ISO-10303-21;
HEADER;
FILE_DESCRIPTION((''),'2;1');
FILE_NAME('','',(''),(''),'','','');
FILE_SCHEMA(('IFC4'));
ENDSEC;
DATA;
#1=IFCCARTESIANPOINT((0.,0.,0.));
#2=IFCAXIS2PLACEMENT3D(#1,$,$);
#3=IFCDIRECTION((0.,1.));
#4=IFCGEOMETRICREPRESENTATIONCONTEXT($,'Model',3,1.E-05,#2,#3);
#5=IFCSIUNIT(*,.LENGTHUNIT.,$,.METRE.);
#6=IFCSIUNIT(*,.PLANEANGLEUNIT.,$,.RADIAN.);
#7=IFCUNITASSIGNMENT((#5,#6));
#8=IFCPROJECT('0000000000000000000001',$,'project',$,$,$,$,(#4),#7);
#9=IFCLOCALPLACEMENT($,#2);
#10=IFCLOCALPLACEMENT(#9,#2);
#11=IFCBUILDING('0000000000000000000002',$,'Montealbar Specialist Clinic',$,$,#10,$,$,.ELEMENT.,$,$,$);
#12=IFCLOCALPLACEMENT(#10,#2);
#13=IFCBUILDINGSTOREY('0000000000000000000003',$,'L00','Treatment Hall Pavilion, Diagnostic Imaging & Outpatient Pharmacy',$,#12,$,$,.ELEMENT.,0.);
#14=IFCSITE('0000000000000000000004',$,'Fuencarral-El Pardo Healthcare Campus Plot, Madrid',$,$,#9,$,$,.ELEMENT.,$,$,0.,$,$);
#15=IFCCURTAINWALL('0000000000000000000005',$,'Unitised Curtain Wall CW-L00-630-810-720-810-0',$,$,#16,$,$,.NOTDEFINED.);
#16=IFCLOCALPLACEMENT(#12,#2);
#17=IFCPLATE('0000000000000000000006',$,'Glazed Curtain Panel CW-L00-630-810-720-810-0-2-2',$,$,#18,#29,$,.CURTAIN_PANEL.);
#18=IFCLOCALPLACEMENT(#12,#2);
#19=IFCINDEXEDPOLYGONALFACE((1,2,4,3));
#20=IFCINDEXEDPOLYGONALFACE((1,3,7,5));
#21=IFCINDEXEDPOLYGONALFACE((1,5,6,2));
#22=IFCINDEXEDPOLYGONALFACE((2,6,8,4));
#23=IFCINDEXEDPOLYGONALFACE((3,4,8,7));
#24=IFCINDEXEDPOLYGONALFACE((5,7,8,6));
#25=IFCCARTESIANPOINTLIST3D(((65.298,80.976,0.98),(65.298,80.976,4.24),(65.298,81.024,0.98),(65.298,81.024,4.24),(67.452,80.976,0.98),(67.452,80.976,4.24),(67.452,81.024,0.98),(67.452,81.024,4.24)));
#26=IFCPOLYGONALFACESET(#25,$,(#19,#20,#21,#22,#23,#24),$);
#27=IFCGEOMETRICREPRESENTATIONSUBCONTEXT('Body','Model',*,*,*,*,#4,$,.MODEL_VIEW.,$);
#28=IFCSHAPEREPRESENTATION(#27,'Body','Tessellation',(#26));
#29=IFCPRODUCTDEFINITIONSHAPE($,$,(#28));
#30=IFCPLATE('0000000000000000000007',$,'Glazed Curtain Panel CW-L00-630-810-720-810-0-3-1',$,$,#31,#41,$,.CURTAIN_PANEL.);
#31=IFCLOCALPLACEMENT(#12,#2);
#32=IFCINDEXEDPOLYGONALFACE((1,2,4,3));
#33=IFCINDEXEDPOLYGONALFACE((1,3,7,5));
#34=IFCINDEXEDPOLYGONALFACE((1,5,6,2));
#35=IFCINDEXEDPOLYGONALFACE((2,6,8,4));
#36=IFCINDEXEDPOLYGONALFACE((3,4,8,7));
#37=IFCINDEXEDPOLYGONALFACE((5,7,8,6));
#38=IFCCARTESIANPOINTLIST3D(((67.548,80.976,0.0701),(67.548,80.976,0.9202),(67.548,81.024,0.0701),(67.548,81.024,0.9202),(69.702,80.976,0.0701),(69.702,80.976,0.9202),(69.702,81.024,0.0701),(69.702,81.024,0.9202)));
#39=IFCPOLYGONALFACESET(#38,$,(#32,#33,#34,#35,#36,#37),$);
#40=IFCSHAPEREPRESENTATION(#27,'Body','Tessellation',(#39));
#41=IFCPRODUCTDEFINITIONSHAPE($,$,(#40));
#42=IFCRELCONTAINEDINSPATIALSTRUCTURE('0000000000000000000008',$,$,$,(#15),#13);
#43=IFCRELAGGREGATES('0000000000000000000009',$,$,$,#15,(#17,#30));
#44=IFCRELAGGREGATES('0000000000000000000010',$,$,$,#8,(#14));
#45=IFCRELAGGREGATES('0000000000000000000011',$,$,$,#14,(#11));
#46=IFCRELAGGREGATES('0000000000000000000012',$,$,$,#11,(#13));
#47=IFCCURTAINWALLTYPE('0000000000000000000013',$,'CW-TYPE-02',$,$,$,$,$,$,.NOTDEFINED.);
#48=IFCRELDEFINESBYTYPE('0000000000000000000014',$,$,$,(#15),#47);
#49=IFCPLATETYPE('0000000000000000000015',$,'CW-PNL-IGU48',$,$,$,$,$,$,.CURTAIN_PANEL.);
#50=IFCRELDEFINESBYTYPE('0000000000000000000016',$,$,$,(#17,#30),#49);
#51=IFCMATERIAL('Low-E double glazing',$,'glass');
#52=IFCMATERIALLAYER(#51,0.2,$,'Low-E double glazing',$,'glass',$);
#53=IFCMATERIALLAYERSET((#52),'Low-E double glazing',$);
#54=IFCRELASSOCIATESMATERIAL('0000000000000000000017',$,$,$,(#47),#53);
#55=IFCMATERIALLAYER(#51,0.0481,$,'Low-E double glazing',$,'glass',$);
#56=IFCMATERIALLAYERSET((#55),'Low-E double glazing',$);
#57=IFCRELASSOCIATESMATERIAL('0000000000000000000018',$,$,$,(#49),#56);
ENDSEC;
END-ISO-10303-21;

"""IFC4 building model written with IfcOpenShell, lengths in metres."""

from ifc_helpers import new_model, si_unit, direction, frame, origin, origin_2d, place, context, subcontext, project, spatial, rectangle, extrude, material, layer, layer_set, type_object, element, aggregate, save


model = new_model("IFC4")

# Units and contexts
model_context = context("Model", 3, precision=1e-05, world=origin(), true_north=direction((0.0, 1.0)))
body_context = subcontext(model_context, "Body", "Model", "MODEL_VIEW")
ifc_project = project(units=[si_unit("LENGTHUNIT", "METRE"), si_unit("PLANEANGLEUNIT", "RADIAN")], contexts=[model_context])

# Site, building, storey
site_placement = place(None, origin())
site = spatial("IfcSite", under=ifc_project, at=site_placement, Name="Fuencarral-El Pardo Healthcare Campus Plot, Madrid", CompositionType="ELEMENT", RefElevation=0.0)
building_placement = place(site_placement, origin())
building = spatial("IfcBuilding", under=site, at=building_placement, Name="Montealbar Specialist Clinic", CompositionType="ELEMENT")
storey_placement = place(building_placement, origin())
storey = spatial("IfcBuildingStorey", under=building, at=storey_placement, Name="L00", Description="Treatment Hall Pavilion, Diagnostic Imaging & Outpatient Pharmacy", CompositionType="ELEMENT", Elevation=0.0)

# Curtain wall
ifc_material_1 = material(Name="Low-E double glazing", Category="glass")
ifc_layer_1 = layer(ifc_material_1, 0.2, Name="Low-E double glazing", Category="glass")
ifc_layer_set_1 = layer_set([ifc_layer_1], Name="Low-E double glazing")
curtain_wall_type = type_object("IfcCurtainWallType", Name="CW-TYPE-02", PredefinedType="NOTDEFINED", material=ifc_layer_set_1)
curtain_wall_1_placement = place(storey_placement, origin())
curtain_wall_1 = element("IfcCurtainWall", 1, at=curtain_wall_1_placement, inside=storey, type_object=curtain_wall_type, Name="Unitised Curtain Wall CW-L00-630-810-720-810-0", PredefinedType="NOTDEFINED")

# Plates
ifc_layer_2 = layer(ifc_material_1, 0.0481, Name="Low-E double glazing", Category="glass")
ifc_layer_set_2 = layer_set([ifc_layer_2], Name="Low-E double glazing")
plate_type = type_object("IfcPlateType", Name="CW-PNL-IGU48", PredefinedType="CURTAIN_PANEL", material=ifc_layer_set_2)
plate_1_placement = place(storey_placement, frame((66.375, 81.0, 0.98), z_axis=(0.0, 0.0, 1.0), x_axis=(1.0, 0.0, 0.0)))
plate_1 = element("IfcPlate", 2, at=plate_1_placement, type_object=plate_type, Name="Glazed Curtain Panel CW-L00-630-810-720-810-0-2-2", PredefinedType="CURTAIN_PANEL", context=body_context, shape_type="SweptSolid", body=[
    extrude(rectangle(XDim=2.1541, YDim=0.0481, at=origin_2d()), origin(), (0.0, 0.0, 1.0), 3.26),
])
plate_2_placement = place(storey_placement, frame((68.625, 81.0, 0.0701), z_axis=(0.0, 0.0, 1.0), x_axis=(1.0, 0.0, 0.0)))
plate_2 = element("IfcPlate", 3, at=plate_2_placement, type_object=plate_type, Name="Glazed Curtain Panel CW-L00-630-810-720-810-0-3-1", PredefinedType="CURTAIN_PANEL", context=body_context, shape_type="SweptSolid", body=[
    extrude(rectangle(XDim=2.1541, YDim=0.0481, at=origin_2d()), origin(), (0.0, 0.0, 1.0), 0.8501),
])
aggregate(curtain_wall_1, [plate_1, plate_2])

save(model, "model.ifc")
